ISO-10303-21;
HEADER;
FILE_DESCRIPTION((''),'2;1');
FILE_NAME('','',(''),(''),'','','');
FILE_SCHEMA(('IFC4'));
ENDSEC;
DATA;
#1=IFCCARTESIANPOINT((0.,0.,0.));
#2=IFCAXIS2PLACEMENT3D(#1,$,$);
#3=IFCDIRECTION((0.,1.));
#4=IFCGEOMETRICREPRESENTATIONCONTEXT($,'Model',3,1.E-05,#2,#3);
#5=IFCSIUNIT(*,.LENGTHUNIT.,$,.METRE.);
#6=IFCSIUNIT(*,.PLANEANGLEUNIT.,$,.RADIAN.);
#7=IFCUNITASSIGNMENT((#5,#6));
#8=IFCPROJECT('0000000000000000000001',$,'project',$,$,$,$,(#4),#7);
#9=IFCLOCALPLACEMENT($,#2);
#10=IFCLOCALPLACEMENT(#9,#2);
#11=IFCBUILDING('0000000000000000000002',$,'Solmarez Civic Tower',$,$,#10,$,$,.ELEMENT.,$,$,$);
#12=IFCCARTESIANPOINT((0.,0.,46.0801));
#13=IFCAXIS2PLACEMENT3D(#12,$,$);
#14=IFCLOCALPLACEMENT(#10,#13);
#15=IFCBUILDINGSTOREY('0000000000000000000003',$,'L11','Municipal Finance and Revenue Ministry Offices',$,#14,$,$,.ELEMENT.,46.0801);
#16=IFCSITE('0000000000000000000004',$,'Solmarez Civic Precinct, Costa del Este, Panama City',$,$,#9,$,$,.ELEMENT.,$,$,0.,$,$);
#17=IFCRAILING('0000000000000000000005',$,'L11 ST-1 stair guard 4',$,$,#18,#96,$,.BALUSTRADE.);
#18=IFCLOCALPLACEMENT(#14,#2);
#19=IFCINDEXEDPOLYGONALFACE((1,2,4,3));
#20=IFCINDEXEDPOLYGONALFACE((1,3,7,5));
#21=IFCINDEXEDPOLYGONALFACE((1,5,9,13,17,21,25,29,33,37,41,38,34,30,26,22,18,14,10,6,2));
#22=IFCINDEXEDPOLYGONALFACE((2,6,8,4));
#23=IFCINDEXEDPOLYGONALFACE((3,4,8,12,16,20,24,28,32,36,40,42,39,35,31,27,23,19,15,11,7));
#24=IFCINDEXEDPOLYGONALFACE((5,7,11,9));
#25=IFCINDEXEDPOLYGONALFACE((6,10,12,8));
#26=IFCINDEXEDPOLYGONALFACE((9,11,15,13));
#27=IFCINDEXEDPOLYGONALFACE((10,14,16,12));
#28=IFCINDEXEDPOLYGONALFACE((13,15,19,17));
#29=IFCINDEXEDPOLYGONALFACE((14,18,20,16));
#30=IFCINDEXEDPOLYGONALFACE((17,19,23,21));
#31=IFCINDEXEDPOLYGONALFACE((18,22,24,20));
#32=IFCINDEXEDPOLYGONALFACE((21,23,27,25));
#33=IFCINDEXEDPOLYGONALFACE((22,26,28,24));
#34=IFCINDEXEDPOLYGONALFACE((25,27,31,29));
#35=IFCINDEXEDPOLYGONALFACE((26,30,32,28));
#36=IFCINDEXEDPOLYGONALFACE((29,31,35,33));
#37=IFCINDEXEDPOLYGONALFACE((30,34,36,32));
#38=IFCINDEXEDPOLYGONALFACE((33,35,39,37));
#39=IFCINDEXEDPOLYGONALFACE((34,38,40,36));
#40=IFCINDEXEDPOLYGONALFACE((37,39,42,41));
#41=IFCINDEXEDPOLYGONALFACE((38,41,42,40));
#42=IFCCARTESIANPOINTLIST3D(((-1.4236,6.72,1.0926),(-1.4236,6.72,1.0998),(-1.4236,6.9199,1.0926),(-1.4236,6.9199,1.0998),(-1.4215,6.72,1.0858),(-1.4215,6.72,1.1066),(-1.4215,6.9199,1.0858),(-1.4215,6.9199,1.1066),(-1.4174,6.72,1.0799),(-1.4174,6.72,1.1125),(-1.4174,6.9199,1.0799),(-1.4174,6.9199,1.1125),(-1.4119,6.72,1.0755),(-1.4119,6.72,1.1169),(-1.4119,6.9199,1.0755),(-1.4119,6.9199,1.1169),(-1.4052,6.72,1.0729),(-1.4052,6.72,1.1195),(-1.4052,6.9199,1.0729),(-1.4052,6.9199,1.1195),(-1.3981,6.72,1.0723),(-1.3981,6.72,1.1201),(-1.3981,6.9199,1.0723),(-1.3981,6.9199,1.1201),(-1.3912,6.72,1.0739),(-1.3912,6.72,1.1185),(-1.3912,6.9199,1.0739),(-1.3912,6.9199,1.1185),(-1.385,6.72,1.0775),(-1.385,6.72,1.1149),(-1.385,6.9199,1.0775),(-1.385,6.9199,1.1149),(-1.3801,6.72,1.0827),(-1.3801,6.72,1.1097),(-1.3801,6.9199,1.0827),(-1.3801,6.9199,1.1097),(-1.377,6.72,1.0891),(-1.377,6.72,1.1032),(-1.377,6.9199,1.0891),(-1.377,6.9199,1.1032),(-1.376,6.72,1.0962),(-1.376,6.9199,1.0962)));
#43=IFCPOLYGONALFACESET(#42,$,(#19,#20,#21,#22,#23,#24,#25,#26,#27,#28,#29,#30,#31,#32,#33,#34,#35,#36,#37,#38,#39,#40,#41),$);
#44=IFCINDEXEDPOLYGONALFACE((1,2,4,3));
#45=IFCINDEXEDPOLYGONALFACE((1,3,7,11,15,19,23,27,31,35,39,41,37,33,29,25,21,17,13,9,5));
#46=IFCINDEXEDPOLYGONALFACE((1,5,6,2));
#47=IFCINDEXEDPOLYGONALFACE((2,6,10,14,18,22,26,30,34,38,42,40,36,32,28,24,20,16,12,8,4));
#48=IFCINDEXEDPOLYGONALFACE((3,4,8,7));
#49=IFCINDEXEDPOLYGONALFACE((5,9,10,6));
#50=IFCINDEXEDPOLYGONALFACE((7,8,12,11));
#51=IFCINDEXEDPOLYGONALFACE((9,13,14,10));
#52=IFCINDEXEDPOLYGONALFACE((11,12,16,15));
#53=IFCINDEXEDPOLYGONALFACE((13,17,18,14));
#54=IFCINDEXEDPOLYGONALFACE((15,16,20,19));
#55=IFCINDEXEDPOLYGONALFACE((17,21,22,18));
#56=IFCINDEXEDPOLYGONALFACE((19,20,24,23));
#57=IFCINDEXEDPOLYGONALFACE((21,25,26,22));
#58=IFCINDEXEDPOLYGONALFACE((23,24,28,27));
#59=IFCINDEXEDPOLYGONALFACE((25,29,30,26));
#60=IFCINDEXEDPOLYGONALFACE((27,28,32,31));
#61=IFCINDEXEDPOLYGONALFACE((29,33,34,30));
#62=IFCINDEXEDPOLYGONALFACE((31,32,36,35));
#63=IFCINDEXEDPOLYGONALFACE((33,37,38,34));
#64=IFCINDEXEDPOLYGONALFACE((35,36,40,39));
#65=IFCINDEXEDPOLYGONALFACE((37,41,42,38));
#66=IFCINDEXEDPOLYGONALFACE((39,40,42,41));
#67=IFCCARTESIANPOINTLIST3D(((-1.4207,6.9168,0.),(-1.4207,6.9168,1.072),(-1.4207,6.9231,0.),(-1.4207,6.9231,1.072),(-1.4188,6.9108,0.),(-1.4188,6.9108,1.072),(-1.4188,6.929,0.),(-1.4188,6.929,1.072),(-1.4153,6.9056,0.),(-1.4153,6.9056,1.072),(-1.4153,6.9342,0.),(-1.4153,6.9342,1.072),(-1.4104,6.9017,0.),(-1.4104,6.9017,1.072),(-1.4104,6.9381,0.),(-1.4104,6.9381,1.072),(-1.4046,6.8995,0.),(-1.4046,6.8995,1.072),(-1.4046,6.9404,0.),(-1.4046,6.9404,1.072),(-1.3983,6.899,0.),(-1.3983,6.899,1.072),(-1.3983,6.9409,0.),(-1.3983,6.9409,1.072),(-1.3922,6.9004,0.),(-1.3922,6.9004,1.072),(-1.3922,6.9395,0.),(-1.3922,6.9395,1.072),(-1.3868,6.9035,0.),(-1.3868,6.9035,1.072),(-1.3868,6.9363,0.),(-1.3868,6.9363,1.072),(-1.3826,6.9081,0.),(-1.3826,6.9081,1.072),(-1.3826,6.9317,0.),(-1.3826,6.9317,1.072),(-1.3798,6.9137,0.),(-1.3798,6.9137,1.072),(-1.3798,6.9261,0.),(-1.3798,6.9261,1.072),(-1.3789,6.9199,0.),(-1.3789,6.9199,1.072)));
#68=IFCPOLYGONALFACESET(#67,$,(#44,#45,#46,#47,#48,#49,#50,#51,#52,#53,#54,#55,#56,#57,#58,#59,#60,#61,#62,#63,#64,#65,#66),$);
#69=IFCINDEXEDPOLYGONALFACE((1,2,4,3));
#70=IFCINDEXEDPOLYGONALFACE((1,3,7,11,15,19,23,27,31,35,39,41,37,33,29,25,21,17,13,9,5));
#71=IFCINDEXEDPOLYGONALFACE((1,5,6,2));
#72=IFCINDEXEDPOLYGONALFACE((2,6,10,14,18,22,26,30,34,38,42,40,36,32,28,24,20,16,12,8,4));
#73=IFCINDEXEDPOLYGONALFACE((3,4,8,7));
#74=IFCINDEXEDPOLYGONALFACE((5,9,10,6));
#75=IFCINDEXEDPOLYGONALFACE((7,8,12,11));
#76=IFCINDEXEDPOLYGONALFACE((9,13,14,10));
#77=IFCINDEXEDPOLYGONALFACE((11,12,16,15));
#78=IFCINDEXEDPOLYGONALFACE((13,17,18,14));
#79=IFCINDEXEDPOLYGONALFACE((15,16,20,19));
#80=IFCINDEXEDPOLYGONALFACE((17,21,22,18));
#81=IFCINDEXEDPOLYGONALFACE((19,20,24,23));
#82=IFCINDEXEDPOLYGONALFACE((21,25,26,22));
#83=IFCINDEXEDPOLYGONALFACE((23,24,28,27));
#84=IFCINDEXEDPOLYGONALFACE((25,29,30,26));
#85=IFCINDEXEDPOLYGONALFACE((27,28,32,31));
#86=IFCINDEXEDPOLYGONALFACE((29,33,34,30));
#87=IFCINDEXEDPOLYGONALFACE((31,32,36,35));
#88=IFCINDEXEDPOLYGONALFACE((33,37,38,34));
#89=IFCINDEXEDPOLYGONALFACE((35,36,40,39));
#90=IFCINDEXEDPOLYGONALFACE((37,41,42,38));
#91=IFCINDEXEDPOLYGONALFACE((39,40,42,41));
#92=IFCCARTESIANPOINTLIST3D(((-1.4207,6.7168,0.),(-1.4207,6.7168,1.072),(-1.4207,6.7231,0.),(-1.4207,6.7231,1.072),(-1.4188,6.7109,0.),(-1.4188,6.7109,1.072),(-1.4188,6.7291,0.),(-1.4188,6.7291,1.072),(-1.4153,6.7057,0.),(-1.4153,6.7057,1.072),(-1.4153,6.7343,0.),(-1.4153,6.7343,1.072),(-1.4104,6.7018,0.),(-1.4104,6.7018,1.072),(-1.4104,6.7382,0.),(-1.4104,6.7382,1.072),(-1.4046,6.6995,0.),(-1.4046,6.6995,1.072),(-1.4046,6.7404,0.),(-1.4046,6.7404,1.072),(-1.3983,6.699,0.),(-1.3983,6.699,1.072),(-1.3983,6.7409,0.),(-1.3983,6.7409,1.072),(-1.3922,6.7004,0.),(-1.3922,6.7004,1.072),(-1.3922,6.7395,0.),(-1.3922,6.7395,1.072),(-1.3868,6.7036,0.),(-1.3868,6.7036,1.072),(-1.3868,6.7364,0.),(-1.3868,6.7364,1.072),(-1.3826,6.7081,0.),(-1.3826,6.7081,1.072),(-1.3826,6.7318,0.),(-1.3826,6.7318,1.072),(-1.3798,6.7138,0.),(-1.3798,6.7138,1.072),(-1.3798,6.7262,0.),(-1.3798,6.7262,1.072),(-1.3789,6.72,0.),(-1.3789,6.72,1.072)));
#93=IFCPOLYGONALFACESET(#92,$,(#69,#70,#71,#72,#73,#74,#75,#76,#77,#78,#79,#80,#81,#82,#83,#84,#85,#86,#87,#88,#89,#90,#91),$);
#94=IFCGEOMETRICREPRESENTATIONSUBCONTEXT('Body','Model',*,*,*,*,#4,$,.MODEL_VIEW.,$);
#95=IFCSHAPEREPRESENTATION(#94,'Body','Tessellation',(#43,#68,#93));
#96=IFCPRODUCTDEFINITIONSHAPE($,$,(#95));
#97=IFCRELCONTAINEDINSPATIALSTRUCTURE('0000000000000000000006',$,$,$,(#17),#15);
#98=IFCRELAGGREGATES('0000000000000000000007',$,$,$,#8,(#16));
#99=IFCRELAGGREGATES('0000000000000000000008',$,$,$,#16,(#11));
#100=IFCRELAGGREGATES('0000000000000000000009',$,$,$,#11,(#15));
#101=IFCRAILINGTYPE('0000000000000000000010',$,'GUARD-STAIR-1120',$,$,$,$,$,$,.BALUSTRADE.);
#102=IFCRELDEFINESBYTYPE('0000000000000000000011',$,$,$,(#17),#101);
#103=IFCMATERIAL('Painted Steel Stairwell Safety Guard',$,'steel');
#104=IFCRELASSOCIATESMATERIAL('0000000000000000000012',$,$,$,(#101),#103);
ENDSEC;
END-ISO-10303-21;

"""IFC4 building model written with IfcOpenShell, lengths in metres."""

from ifc_helpers import new_model, si_unit, direction, frame, origin, origin_2d, place, context, subcontext, project, spatial, circle, extrude, material, type_object, element, save


model = new_model("IFC4")

# Units and contexts
model_context = context("Model", 3, precision=1e-05, world=origin(), true_north=direction((0.0, 1.0)))
body_context = subcontext(model_context, "Body", "Model", "MODEL_VIEW")
ifc_project = project(units=[si_unit("LENGTHUNIT", "METRE"), si_unit("PLANEANGLEUNIT", "RADIAN")], contexts=[model_context])

# Site, building, storey
site_placement = place(None, origin())
site = spatial("IfcSite", under=ifc_project, at=site_placement, Name="Solmarez Civic Precinct, Costa del Este, Panama City", CompositionType="ELEMENT", RefElevation=0.0)
building_placement = place(site_placement, origin())
building = spatial("IfcBuilding", under=site, at=building_placement, Name="Solmarez Civic Tower", CompositionType="ELEMENT")
storey_placement = place(building_placement, frame((0.0, 0.0, 46.0801)))
storey = spatial("IfcBuildingStorey", under=building, at=storey_placement, Name="L11", Description="Municipal Finance and Revenue Ministry Offices", CompositionType="ELEMENT", Elevation=46.0801)

# Railing
ifc_material_1 = material(Name="Painted Steel Stairwell Safety Guard", Category="steel")
railing_type_1 = type_object("IfcRailingType", Name="GUARD-STAIR-1120", PredefinedType="BALUSTRADE", material=ifc_material_1)
railing_1_placement = place(storey_placement, frame((-1.3999, 6.9199, 0.0)))
element("IfcRailing", 1, at=railing_1_placement, inside=storey, type_object=railing_type_1, Name="L11 ST-1 stair guard 4", PredefinedType="BALUSTRADE", context=body_context, shape_type="SweptSolid", body=[
    extrude(circle(Radius=0.0239, at=origin_2d()), frame((0.0, 0.0, 1.0962), z_axis=(0.0, -1.0, 0.0), x_axis=(1.0, 0.0, 0.0)), (0.0, 0.0, 1.0), 0.2),
    extrude(circle(Radius=0.021, at=origin_2d()), origin(), (0.0, 0.0, 1.0), 1.072),
    extrude(circle(Radius=0.021, at=origin_2d()), frame((0.0, -0.2, 0.0)), (0.0, 0.0, 1.0), 1.072),
])

save(model, "model.ifc")
